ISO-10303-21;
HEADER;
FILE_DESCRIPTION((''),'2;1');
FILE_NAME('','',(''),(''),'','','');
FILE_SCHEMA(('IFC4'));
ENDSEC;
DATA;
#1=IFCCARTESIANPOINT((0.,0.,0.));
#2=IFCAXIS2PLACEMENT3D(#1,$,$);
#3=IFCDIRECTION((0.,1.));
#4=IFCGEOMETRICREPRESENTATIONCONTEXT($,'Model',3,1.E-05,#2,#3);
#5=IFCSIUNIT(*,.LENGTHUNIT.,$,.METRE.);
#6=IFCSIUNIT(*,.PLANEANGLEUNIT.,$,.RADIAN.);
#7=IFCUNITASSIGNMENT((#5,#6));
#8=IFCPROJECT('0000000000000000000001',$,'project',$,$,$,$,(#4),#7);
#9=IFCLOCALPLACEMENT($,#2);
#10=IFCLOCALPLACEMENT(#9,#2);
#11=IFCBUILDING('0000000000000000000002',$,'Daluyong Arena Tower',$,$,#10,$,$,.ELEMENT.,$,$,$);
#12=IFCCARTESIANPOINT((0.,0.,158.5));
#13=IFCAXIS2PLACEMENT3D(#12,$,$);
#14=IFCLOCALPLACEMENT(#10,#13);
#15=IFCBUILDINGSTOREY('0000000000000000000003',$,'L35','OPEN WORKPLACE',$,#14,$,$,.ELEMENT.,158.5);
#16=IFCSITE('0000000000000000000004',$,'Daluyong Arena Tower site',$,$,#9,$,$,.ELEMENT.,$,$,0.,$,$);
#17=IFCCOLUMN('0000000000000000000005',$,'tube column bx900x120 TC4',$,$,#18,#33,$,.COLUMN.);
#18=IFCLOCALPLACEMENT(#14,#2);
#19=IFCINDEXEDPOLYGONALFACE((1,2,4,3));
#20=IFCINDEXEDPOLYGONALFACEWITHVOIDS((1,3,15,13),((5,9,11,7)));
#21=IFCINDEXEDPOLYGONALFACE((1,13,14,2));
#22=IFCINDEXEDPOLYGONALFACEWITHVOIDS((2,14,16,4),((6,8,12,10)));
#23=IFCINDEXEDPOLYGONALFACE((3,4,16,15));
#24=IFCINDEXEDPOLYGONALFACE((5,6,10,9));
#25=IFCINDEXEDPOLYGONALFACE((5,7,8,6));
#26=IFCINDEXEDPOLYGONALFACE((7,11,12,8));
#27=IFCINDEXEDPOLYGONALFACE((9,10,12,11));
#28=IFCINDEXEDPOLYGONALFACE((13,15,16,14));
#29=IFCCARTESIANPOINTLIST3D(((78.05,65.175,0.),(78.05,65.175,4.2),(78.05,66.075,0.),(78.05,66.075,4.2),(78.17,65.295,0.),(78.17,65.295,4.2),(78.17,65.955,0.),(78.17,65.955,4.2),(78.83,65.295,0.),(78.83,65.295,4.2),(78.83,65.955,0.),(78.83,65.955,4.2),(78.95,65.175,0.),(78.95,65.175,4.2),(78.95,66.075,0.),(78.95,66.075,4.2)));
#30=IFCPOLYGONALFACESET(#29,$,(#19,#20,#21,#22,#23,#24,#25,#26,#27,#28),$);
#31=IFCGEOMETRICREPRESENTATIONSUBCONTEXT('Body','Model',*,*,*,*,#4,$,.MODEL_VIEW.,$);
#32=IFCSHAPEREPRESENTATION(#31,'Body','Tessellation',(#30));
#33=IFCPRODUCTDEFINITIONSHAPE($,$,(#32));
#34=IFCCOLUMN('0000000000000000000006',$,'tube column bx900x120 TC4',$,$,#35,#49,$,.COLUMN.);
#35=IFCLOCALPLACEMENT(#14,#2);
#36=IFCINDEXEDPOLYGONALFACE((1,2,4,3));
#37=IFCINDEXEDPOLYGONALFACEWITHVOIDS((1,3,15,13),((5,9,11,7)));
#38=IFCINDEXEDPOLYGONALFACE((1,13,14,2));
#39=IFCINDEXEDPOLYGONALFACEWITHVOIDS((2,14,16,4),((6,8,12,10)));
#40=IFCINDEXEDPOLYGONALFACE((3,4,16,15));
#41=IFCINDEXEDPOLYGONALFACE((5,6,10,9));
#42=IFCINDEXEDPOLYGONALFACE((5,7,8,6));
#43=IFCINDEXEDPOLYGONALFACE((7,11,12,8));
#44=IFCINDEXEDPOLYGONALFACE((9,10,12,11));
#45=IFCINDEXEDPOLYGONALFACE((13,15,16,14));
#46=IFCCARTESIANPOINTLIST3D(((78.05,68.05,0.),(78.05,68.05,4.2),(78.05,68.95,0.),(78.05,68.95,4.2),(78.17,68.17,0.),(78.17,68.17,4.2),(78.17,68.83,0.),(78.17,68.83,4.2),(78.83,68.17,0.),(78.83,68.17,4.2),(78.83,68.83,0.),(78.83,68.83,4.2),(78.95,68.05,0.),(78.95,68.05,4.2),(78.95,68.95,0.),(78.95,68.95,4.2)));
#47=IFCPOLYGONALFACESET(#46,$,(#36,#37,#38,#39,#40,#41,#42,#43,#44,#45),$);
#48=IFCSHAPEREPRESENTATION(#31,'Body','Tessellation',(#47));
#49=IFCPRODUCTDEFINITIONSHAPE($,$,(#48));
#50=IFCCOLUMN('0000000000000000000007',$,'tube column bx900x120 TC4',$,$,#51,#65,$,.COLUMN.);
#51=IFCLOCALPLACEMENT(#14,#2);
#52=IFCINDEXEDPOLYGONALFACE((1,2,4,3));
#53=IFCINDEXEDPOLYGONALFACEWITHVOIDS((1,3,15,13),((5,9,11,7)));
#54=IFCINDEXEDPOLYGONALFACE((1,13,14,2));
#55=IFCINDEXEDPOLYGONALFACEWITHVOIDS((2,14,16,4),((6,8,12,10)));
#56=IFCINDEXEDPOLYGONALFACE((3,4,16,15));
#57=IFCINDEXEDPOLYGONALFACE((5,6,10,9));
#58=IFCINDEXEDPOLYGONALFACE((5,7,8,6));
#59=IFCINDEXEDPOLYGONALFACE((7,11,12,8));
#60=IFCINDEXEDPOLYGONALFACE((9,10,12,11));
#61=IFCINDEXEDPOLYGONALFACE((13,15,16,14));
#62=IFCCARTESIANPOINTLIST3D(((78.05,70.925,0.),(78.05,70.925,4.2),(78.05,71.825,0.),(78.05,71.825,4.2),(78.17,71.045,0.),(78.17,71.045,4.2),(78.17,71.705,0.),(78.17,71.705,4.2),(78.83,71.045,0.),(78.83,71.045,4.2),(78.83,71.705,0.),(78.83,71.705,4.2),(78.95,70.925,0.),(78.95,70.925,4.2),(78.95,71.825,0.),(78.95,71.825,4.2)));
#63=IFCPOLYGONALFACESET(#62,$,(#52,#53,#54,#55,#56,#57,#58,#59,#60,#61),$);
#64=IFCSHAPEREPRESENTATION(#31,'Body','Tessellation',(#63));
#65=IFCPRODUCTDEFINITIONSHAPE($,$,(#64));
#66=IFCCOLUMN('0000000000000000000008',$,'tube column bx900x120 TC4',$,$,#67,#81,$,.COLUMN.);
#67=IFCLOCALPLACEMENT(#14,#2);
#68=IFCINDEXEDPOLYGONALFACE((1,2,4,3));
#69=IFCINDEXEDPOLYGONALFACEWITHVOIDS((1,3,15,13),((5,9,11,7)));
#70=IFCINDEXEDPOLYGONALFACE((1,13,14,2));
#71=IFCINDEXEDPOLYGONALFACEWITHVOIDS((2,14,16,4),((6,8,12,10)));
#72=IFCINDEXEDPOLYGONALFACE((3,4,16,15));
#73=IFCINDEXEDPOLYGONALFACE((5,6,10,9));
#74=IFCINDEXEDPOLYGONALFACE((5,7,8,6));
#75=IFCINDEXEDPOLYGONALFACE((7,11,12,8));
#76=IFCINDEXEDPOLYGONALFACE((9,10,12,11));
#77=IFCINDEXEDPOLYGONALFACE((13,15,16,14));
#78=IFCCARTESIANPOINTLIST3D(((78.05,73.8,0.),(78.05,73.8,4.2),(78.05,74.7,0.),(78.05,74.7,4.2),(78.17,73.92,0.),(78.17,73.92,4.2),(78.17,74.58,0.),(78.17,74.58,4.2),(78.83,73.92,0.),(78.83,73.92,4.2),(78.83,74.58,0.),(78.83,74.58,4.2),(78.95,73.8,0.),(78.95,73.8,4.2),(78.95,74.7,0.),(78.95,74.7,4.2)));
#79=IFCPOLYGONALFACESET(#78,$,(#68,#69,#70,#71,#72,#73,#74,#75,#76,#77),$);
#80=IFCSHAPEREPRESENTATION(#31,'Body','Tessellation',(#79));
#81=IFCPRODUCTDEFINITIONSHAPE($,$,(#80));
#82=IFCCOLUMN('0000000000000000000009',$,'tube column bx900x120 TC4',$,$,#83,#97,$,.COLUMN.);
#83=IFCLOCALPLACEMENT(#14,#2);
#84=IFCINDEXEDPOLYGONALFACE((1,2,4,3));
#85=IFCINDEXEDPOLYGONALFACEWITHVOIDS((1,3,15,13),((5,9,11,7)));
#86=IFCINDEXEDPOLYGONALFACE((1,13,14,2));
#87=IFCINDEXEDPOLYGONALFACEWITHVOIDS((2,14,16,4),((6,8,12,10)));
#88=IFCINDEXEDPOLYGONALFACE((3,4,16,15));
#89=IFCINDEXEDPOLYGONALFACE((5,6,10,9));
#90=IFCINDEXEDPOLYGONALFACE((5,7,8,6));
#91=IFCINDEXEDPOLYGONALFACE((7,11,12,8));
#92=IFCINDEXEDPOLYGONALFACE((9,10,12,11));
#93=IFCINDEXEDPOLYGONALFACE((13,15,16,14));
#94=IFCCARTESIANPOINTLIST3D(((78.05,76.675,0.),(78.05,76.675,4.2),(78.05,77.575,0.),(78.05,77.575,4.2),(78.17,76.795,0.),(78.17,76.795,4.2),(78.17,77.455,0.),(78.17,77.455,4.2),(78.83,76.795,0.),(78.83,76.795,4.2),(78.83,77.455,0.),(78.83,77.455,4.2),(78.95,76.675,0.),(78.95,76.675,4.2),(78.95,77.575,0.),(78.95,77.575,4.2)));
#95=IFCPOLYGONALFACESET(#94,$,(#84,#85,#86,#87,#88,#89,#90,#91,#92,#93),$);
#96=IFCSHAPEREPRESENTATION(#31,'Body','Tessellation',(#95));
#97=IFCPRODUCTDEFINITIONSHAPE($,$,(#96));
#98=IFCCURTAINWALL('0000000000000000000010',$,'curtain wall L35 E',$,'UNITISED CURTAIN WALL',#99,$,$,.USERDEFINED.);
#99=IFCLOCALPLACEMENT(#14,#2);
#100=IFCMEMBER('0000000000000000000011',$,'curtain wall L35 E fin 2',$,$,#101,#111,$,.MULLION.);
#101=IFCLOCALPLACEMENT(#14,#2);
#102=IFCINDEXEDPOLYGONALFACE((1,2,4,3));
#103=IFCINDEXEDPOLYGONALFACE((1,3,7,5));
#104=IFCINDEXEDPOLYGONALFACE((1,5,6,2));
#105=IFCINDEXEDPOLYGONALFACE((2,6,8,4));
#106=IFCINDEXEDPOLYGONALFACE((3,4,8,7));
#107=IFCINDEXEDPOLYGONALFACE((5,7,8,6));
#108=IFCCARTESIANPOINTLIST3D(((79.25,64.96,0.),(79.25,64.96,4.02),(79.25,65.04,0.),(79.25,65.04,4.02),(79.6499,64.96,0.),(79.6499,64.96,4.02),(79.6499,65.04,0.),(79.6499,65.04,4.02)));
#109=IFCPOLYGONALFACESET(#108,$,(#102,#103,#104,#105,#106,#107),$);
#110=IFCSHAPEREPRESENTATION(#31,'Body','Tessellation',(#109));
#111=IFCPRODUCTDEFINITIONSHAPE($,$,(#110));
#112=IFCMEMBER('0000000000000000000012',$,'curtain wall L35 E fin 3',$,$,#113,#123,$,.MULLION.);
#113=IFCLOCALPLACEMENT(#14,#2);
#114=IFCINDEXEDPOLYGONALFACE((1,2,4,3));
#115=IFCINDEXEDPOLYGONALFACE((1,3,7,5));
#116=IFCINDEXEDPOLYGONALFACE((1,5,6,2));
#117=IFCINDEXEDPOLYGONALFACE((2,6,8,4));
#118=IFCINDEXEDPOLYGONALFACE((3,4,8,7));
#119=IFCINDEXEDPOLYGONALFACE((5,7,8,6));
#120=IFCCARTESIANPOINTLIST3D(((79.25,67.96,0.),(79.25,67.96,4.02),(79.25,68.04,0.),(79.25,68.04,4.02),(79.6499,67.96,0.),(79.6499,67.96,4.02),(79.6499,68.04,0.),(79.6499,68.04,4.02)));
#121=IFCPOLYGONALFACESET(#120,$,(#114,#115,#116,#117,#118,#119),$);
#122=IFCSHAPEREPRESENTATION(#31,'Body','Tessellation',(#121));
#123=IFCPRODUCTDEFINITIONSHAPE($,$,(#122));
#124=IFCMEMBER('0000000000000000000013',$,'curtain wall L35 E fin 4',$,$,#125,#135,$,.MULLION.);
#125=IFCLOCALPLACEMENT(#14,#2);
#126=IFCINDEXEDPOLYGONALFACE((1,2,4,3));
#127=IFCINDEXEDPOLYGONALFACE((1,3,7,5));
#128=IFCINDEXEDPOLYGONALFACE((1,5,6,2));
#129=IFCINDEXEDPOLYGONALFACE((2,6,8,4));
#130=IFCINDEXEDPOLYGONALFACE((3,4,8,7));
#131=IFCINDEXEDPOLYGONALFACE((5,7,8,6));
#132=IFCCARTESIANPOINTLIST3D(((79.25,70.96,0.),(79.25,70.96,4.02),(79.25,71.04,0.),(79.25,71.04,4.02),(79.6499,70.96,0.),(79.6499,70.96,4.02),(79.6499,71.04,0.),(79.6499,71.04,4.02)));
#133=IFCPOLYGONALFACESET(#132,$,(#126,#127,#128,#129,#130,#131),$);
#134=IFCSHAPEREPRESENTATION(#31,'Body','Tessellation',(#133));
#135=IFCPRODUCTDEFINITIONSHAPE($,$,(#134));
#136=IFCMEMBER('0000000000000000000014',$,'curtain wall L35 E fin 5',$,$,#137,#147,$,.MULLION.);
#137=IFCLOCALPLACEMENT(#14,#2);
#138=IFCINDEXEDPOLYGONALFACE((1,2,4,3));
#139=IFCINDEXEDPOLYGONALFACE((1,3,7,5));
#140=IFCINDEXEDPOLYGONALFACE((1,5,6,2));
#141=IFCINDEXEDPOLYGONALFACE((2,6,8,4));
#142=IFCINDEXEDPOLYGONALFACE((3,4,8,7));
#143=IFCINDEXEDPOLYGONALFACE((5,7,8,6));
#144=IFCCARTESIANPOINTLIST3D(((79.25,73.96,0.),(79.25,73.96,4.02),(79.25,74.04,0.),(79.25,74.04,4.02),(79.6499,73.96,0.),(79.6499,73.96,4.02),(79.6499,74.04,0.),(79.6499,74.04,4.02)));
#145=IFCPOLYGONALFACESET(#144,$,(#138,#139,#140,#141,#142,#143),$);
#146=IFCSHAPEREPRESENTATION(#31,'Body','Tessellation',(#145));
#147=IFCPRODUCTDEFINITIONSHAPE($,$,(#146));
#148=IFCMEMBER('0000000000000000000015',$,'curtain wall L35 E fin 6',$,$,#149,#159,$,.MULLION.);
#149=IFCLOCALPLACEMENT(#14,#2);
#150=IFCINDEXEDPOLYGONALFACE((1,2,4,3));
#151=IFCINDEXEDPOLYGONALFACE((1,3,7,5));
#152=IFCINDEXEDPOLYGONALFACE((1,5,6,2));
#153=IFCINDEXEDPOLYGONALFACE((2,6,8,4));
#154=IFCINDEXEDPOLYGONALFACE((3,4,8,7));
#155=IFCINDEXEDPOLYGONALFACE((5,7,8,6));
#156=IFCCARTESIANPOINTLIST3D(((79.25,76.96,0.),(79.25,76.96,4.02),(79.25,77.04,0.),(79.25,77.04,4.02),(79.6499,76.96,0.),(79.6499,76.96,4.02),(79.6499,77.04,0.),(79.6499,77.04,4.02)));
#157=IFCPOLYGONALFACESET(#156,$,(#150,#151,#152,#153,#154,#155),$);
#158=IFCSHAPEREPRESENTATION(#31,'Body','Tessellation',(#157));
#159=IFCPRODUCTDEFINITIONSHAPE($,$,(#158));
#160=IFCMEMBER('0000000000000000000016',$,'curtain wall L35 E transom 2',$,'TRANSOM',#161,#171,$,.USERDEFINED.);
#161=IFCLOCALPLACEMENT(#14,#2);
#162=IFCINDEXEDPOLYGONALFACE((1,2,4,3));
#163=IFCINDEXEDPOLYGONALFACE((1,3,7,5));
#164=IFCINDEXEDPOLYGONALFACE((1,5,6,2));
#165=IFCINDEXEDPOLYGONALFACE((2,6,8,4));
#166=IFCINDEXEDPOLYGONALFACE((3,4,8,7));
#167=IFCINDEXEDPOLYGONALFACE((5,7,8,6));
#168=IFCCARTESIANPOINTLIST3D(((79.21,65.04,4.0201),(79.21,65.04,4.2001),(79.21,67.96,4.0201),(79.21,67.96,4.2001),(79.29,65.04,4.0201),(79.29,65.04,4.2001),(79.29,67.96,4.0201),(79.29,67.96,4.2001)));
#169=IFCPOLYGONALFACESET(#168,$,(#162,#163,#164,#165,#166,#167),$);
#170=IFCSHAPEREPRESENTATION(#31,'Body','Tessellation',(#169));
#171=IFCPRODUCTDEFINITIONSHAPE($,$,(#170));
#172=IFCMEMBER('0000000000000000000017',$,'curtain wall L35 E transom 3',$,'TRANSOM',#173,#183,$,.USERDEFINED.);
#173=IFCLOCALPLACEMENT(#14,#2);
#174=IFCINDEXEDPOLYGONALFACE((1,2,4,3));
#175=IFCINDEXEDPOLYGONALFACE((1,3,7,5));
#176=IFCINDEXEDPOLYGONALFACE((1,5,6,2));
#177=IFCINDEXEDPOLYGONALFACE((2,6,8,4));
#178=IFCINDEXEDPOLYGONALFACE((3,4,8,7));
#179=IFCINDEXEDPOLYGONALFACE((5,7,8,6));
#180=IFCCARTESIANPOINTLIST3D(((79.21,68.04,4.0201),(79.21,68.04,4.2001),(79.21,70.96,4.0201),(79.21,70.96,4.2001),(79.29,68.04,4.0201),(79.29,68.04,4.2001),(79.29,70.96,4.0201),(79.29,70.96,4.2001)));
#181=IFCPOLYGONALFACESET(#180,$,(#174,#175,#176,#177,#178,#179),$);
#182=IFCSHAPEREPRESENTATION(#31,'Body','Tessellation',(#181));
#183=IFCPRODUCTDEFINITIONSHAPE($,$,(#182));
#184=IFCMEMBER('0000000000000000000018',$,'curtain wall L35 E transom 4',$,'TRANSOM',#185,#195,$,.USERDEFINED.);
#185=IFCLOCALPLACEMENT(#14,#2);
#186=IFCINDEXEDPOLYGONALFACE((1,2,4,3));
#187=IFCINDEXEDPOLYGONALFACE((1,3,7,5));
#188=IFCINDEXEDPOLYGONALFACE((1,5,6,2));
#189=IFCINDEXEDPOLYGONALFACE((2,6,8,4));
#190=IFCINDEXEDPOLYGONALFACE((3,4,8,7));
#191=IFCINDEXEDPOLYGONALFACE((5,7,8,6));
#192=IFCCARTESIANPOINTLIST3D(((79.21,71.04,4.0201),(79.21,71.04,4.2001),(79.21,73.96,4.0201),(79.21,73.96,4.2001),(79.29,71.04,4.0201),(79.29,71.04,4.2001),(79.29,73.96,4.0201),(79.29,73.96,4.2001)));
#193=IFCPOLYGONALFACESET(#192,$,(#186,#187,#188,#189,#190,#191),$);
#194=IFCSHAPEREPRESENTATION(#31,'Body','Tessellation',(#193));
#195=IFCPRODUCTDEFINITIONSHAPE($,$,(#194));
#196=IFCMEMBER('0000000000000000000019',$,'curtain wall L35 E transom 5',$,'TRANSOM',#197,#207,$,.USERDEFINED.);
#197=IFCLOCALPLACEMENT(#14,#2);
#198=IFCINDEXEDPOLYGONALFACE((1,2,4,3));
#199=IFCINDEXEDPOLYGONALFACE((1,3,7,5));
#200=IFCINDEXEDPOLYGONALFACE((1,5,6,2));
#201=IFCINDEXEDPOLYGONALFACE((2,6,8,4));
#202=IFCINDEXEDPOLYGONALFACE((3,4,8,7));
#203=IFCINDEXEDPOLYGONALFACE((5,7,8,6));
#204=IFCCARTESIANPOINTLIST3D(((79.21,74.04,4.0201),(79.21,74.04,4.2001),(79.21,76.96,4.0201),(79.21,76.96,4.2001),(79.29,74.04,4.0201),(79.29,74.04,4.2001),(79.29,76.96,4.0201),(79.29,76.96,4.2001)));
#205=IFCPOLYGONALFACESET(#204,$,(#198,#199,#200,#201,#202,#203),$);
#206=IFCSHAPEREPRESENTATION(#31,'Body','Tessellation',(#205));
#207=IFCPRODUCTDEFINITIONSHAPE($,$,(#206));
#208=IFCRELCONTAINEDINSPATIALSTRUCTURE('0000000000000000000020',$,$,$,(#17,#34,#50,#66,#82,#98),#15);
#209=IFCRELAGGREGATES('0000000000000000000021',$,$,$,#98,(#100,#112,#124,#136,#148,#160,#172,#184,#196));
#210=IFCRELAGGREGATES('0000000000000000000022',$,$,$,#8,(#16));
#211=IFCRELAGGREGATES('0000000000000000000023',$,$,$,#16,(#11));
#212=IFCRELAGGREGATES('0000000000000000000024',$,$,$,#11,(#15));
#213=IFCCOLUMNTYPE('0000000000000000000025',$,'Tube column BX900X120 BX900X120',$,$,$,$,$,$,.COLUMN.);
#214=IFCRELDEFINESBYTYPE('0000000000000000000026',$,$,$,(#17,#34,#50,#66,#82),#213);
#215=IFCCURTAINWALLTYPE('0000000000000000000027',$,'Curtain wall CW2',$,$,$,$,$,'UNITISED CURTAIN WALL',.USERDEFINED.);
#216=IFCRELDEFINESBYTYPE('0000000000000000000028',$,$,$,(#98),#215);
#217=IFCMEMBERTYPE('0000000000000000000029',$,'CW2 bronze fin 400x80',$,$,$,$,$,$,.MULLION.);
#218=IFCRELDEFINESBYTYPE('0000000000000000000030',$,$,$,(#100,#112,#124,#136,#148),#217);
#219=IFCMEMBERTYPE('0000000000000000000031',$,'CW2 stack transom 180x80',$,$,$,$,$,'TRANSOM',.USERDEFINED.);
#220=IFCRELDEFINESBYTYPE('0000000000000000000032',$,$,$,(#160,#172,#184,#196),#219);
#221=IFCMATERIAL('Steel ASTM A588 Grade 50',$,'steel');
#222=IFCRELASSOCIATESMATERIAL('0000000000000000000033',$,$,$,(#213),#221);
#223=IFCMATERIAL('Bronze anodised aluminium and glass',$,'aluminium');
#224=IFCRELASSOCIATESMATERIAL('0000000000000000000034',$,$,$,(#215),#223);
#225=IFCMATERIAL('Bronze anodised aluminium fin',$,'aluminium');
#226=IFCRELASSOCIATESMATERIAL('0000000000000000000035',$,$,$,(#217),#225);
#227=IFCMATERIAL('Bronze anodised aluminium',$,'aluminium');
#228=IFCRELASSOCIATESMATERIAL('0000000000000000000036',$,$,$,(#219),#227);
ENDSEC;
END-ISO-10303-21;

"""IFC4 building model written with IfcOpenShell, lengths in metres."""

from ifc_helpers import new_model, si_unit, direction, frame, origin, origin_2d, place, context, subcontext, project, spatial, rectangle, hollow_rectangle, extrude, material, material_profile, profile_set, type_object, element, aggregate, save


model = new_model("IFC4")

# Units and contexts
model_context = context("Model", 3, precision=1e-05, world=origin(), true_north=direction((0.0, 1.0)))
body_context = subcontext(model_context, "Body", "Model", "MODEL_VIEW")
ifc_project = project(units=[si_unit("LENGTHUNIT", "METRE"), si_unit("PLANEANGLEUNIT", "RADIAN")], contexts=[model_context])

# Site, building, storey
site_placement = place(None, origin())
site = spatial("IfcSite", under=ifc_project, at=site_placement, Name="Daluyong Arena Tower site", CompositionType="ELEMENT", RefElevation=0.0)
building_placement = place(site_placement, origin())
building = spatial("IfcBuilding", under=site, at=building_placement, Name="Daluyong Arena Tower", CompositionType="ELEMENT")
storey_placement = place(building_placement, frame((0.0, 0.0, 158.5)))
storey = spatial("IfcBuildingStorey", under=building, at=storey_placement, Name="L35", Description="OPEN WORKPLACE", CompositionType="ELEMENT", Elevation=158.5)

# Columns
ifc_material_1 = material(Name="Steel ASTM A588 Grade 50", Category="steel")
ifc_material_profile_1 = material_profile(ifc_material_1, hollow_rectangle(XDim=0.8999, YDim=0.8999, WallThickness=0.12, at=origin_2d()))
ifc_profile_set_1 = profile_set([ifc_material_profile_1], Name="Steel ASTM A588 Grade 50")
column_type = type_object("IfcColumnType", Name="Tube column BX900X120 BX900X120", PredefinedType="COLUMN", material=ifc_profile_set_1)
for number, where, z_axis, x_axis, name in (
    (1, (78.5, 65.625, 0.0), (0.0, 0.0, 1.0), (0.0, 1.0, 0.0), "tube column bx900x120 TC4"),
    (2, (78.5, 68.5, 0.0), (0.0, 0.0, 1.0), (0.0, 1.0, 0.0), "tube column bx900x120 TC4"),
    (3, (78.5, 71.375, 0.0), (0.0, 0.0, 1.0), (0.0, 1.0, 0.0), "tube column bx900x120 TC4"),
    (4, (78.5, 74.25, 0.0), (0.0, 0.0, 1.0), (0.0, 1.0, 0.0), "tube column bx900x120 TC4"),
    (5, (78.5, 77.125, 0.0), (0.0, 0.0, 1.0), (0.0, 1.0, 0.0), "tube column bx900x120 TC4"),
):
    element("IfcColumn", number, at=place(storey_placement, frame(where, z_axis=z_axis, x_axis=x_axis)), inside=storey, type_object=column_type, Name=name, PredefinedType="COLUMN", context=body_context, shape_type="SweptSolid", body=[
        extrude(hollow_rectangle(XDim=0.8999, YDim=0.8999, WallThickness=0.12, at=origin_2d()), origin(), (0.0, 0.0, 1.0), 4.2),
    ])

# Curtain wall, members
ifc_material_2 = material(Name="Bronze anodised aluminium and glass", Category="aluminium")
curtain_wall_type = type_object("IfcCurtainWallType", Name="Curtain wall CW2", ElementType="UNITISED CURTAIN WALL", PredefinedType="USERDEFINED", material=ifc_material_2)
curtain_wall_placement = place(storey_placement, origin())
curtain_wall = element("IfcCurtainWall", 6, at=curtain_wall_placement, inside=storey, type_object=curtain_wall_type, Name="curtain wall L35 E", ObjectType="UNITISED CURTAIN WALL", PredefinedType="USERDEFINED")
ifc_material_3 = material(Name="Bronze anodised aluminium fin", Category="aluminium")
ifc_material_profile_2 = material_profile(ifc_material_3, rectangle(XDim=0.3999, YDim=0.0801, at=origin_2d()))
ifc_profile_set_2 = profile_set([ifc_material_profile_2], Name="Bronze anodised aluminium fin")
member_type_1 = type_object("IfcMemberType", Name="CW2 bronze fin 400x80", PredefinedType="MULLION", material=ifc_profile_set_2)
member_1_placement = place(storey_placement, frame((79.45, 65.0, 0.0), z_axis=(0.0, 0.0, 1.0), x_axis=(-1.0, 0.0, 0.0)))
member_1 = element("IfcMember", 7, at=member_1_placement, type_object=member_type_1, Name="curtain wall L35 E fin 2", PredefinedType="MULLION", context=body_context, shape_type="SweptSolid", body=[
    extrude(rectangle(XDim=0.3999, YDim=0.0801, at=origin_2d()), origin(), (0.0, 0.0, 1.0), 4.02),
])
member_2_placement = place(storey_placement, frame((79.45, 68.0, 0.0), z_axis=(0.0, 0.0, 1.0), x_axis=(-1.0, 0.0, 0.0)))
member_2 = element("IfcMember", 8, at=member_2_placement, type_object=member_type_1, Name="curtain wall L35 E fin 3", PredefinedType="MULLION", context=body_context, shape_type="SweptSolid", body=[
    extrude(rectangle(XDim=0.3999, YDim=0.0801, at=origin_2d()), origin(), (0.0, 0.0, 1.0), 4.02),
])
member_3_placement = place(storey_placement, frame((79.45, 71.0, 0.0), z_axis=(0.0, 0.0, 1.0), x_axis=(-1.0, 0.0, 0.0)))
member_3 = element("IfcMember", 9, at=member_3_placement, type_object=member_type_1, Name="curtain wall L35 E fin 4", PredefinedType="MULLION", context=body_context, shape_type="SweptSolid", body=[
    extrude(rectangle(XDim=0.3999, YDim=0.0801, at=origin_2d()), origin(), (0.0, 0.0, 1.0), 4.02),
])
member_4_placement = place(storey_placement, frame((79.45, 74.0, 0.0), z_axis=(0.0, 0.0, 1.0), x_axis=(-1.0, 0.0, 0.0)))
member_4 = element("IfcMember", 10, at=member_4_placement, type_object=member_type_1, Name="curtain wall L35 E fin 5", PredefinedType="MULLION", context=body_context, shape_type="SweptSolid", body=[
    extrude(rectangle(XDim=0.3999, YDim=0.0801, at=origin_2d()), origin(), (0.0, 0.0, 1.0), 4.02),
])
member_5_placement = place(storey_placement, frame((79.45, 77.0, 0.0), z_axis=(0.0, 0.0, 1.0), x_axis=(-1.0, 0.0, 0.0)))
member_5 = element("IfcMember", 11, at=member_5_placement, type_object=member_type_1, Name="curtain wall L35 E fin 6", PredefinedType="MULLION", context=body_context, shape_type="SweptSolid", body=[
    extrude(rectangle(XDim=0.3999, YDim=0.0801, at=origin_2d()), origin(), (0.0, 0.0, 1.0), 4.02),
])
ifc_material_4 = material(Name="Bronze anodised aluminium", Category="aluminium")
ifc_material_profile_3 = material_profile(ifc_material_4, rectangle(XDim=0.0801, YDim=0.1799, at=origin_2d()))
ifc_profile_set_3 = profile_set([ifc_material_profile_3], Name="Bronze anodised aluminium")
member_type_2 = type_object("IfcMemberType", Name="CW2 stack transom 180x80", ElementType="TRANSOM", PredefinedType="USERDEFINED", material=ifc_profile_set_3)
member_6_placement = place(storey_placement, frame((79.25, 65.04, 4.1101), z_axis=(0.0, 1.0, 0.0), x_axis=(-1.0, 0.0, 0.0)))
member_6 = element("IfcMember", 12, at=member_6_placement, type_object=member_type_2, Name="curtain wall L35 E transom 2", ObjectType="TRANSOM", PredefinedType="USERDEFINED", context=body_context, shape_type="SweptSolid", body=[
    extrude(rectangle(XDim=0.0801, YDim=0.1799, at=origin_2d()), origin(), (0.0, 0.0, 1.0), 2.9199),
])
member_7_placement = place(storey_placement, frame((79.25, 68.04, 4.1101), z_axis=(0.0, 1.0, 0.0), x_axis=(-1.0, 0.0, 0.0)))
member_7 = element("IfcMember", 13, at=member_7_placement, type_object=member_type_2, Name="curtain wall L35 E transom 3", ObjectType="TRANSOM", PredefinedType="USERDEFINED", context=body_context, shape_type="SweptSolid", body=[
    extrude(rectangle(XDim=0.0801, YDim=0.1799, at=origin_2d()), origin(), (0.0, 0.0, 1.0), 2.9199),
])
member_8_placement = place(storey_placement, frame((79.25, 71.04, 4.1101), z_axis=(0.0, 1.0, 0.0), x_axis=(-1.0, 0.0, 0.0)))
member_8 = element("IfcMember", 14, at=member_8_placement, type_object=member_type_2, Name="curtain wall L35 E transom 4", ObjectType="TRANSOM", PredefinedType="USERDEFINED", context=body_context, shape_type="SweptSolid", body=[
    extrude(rectangle(XDim=0.0801, YDim=0.1799, at=origin_2d()), origin(), (0.0, 0.0, 1.0), 2.9199),
])
member_9_placement = place(storey_placement, frame((79.25, 74.04, 4.1101), z_axis=(0.0, 1.0, 0.0), x_axis=(-1.0, 0.0, 0.0)))
member_9 = element("IfcMember", 15, at=member_9_placement, type_object=member_type_2, Name="curtain wall L35 E transom 5", ObjectType="TRANSOM", PredefinedType="USERDEFINED", context=body_context, shape_type="SweptSolid", body=[
    extrude(rectangle(XDim=0.0801, YDim=0.1799, at=origin_2d()), origin(), (0.0, 0.0, 1.0), 2.9199),
])

aggregate(curtain_wall, [member_1, member_2, member_3, member_4, member_5, member_6, member_7, member_8, member_9])

save(model, "model.ifc")
